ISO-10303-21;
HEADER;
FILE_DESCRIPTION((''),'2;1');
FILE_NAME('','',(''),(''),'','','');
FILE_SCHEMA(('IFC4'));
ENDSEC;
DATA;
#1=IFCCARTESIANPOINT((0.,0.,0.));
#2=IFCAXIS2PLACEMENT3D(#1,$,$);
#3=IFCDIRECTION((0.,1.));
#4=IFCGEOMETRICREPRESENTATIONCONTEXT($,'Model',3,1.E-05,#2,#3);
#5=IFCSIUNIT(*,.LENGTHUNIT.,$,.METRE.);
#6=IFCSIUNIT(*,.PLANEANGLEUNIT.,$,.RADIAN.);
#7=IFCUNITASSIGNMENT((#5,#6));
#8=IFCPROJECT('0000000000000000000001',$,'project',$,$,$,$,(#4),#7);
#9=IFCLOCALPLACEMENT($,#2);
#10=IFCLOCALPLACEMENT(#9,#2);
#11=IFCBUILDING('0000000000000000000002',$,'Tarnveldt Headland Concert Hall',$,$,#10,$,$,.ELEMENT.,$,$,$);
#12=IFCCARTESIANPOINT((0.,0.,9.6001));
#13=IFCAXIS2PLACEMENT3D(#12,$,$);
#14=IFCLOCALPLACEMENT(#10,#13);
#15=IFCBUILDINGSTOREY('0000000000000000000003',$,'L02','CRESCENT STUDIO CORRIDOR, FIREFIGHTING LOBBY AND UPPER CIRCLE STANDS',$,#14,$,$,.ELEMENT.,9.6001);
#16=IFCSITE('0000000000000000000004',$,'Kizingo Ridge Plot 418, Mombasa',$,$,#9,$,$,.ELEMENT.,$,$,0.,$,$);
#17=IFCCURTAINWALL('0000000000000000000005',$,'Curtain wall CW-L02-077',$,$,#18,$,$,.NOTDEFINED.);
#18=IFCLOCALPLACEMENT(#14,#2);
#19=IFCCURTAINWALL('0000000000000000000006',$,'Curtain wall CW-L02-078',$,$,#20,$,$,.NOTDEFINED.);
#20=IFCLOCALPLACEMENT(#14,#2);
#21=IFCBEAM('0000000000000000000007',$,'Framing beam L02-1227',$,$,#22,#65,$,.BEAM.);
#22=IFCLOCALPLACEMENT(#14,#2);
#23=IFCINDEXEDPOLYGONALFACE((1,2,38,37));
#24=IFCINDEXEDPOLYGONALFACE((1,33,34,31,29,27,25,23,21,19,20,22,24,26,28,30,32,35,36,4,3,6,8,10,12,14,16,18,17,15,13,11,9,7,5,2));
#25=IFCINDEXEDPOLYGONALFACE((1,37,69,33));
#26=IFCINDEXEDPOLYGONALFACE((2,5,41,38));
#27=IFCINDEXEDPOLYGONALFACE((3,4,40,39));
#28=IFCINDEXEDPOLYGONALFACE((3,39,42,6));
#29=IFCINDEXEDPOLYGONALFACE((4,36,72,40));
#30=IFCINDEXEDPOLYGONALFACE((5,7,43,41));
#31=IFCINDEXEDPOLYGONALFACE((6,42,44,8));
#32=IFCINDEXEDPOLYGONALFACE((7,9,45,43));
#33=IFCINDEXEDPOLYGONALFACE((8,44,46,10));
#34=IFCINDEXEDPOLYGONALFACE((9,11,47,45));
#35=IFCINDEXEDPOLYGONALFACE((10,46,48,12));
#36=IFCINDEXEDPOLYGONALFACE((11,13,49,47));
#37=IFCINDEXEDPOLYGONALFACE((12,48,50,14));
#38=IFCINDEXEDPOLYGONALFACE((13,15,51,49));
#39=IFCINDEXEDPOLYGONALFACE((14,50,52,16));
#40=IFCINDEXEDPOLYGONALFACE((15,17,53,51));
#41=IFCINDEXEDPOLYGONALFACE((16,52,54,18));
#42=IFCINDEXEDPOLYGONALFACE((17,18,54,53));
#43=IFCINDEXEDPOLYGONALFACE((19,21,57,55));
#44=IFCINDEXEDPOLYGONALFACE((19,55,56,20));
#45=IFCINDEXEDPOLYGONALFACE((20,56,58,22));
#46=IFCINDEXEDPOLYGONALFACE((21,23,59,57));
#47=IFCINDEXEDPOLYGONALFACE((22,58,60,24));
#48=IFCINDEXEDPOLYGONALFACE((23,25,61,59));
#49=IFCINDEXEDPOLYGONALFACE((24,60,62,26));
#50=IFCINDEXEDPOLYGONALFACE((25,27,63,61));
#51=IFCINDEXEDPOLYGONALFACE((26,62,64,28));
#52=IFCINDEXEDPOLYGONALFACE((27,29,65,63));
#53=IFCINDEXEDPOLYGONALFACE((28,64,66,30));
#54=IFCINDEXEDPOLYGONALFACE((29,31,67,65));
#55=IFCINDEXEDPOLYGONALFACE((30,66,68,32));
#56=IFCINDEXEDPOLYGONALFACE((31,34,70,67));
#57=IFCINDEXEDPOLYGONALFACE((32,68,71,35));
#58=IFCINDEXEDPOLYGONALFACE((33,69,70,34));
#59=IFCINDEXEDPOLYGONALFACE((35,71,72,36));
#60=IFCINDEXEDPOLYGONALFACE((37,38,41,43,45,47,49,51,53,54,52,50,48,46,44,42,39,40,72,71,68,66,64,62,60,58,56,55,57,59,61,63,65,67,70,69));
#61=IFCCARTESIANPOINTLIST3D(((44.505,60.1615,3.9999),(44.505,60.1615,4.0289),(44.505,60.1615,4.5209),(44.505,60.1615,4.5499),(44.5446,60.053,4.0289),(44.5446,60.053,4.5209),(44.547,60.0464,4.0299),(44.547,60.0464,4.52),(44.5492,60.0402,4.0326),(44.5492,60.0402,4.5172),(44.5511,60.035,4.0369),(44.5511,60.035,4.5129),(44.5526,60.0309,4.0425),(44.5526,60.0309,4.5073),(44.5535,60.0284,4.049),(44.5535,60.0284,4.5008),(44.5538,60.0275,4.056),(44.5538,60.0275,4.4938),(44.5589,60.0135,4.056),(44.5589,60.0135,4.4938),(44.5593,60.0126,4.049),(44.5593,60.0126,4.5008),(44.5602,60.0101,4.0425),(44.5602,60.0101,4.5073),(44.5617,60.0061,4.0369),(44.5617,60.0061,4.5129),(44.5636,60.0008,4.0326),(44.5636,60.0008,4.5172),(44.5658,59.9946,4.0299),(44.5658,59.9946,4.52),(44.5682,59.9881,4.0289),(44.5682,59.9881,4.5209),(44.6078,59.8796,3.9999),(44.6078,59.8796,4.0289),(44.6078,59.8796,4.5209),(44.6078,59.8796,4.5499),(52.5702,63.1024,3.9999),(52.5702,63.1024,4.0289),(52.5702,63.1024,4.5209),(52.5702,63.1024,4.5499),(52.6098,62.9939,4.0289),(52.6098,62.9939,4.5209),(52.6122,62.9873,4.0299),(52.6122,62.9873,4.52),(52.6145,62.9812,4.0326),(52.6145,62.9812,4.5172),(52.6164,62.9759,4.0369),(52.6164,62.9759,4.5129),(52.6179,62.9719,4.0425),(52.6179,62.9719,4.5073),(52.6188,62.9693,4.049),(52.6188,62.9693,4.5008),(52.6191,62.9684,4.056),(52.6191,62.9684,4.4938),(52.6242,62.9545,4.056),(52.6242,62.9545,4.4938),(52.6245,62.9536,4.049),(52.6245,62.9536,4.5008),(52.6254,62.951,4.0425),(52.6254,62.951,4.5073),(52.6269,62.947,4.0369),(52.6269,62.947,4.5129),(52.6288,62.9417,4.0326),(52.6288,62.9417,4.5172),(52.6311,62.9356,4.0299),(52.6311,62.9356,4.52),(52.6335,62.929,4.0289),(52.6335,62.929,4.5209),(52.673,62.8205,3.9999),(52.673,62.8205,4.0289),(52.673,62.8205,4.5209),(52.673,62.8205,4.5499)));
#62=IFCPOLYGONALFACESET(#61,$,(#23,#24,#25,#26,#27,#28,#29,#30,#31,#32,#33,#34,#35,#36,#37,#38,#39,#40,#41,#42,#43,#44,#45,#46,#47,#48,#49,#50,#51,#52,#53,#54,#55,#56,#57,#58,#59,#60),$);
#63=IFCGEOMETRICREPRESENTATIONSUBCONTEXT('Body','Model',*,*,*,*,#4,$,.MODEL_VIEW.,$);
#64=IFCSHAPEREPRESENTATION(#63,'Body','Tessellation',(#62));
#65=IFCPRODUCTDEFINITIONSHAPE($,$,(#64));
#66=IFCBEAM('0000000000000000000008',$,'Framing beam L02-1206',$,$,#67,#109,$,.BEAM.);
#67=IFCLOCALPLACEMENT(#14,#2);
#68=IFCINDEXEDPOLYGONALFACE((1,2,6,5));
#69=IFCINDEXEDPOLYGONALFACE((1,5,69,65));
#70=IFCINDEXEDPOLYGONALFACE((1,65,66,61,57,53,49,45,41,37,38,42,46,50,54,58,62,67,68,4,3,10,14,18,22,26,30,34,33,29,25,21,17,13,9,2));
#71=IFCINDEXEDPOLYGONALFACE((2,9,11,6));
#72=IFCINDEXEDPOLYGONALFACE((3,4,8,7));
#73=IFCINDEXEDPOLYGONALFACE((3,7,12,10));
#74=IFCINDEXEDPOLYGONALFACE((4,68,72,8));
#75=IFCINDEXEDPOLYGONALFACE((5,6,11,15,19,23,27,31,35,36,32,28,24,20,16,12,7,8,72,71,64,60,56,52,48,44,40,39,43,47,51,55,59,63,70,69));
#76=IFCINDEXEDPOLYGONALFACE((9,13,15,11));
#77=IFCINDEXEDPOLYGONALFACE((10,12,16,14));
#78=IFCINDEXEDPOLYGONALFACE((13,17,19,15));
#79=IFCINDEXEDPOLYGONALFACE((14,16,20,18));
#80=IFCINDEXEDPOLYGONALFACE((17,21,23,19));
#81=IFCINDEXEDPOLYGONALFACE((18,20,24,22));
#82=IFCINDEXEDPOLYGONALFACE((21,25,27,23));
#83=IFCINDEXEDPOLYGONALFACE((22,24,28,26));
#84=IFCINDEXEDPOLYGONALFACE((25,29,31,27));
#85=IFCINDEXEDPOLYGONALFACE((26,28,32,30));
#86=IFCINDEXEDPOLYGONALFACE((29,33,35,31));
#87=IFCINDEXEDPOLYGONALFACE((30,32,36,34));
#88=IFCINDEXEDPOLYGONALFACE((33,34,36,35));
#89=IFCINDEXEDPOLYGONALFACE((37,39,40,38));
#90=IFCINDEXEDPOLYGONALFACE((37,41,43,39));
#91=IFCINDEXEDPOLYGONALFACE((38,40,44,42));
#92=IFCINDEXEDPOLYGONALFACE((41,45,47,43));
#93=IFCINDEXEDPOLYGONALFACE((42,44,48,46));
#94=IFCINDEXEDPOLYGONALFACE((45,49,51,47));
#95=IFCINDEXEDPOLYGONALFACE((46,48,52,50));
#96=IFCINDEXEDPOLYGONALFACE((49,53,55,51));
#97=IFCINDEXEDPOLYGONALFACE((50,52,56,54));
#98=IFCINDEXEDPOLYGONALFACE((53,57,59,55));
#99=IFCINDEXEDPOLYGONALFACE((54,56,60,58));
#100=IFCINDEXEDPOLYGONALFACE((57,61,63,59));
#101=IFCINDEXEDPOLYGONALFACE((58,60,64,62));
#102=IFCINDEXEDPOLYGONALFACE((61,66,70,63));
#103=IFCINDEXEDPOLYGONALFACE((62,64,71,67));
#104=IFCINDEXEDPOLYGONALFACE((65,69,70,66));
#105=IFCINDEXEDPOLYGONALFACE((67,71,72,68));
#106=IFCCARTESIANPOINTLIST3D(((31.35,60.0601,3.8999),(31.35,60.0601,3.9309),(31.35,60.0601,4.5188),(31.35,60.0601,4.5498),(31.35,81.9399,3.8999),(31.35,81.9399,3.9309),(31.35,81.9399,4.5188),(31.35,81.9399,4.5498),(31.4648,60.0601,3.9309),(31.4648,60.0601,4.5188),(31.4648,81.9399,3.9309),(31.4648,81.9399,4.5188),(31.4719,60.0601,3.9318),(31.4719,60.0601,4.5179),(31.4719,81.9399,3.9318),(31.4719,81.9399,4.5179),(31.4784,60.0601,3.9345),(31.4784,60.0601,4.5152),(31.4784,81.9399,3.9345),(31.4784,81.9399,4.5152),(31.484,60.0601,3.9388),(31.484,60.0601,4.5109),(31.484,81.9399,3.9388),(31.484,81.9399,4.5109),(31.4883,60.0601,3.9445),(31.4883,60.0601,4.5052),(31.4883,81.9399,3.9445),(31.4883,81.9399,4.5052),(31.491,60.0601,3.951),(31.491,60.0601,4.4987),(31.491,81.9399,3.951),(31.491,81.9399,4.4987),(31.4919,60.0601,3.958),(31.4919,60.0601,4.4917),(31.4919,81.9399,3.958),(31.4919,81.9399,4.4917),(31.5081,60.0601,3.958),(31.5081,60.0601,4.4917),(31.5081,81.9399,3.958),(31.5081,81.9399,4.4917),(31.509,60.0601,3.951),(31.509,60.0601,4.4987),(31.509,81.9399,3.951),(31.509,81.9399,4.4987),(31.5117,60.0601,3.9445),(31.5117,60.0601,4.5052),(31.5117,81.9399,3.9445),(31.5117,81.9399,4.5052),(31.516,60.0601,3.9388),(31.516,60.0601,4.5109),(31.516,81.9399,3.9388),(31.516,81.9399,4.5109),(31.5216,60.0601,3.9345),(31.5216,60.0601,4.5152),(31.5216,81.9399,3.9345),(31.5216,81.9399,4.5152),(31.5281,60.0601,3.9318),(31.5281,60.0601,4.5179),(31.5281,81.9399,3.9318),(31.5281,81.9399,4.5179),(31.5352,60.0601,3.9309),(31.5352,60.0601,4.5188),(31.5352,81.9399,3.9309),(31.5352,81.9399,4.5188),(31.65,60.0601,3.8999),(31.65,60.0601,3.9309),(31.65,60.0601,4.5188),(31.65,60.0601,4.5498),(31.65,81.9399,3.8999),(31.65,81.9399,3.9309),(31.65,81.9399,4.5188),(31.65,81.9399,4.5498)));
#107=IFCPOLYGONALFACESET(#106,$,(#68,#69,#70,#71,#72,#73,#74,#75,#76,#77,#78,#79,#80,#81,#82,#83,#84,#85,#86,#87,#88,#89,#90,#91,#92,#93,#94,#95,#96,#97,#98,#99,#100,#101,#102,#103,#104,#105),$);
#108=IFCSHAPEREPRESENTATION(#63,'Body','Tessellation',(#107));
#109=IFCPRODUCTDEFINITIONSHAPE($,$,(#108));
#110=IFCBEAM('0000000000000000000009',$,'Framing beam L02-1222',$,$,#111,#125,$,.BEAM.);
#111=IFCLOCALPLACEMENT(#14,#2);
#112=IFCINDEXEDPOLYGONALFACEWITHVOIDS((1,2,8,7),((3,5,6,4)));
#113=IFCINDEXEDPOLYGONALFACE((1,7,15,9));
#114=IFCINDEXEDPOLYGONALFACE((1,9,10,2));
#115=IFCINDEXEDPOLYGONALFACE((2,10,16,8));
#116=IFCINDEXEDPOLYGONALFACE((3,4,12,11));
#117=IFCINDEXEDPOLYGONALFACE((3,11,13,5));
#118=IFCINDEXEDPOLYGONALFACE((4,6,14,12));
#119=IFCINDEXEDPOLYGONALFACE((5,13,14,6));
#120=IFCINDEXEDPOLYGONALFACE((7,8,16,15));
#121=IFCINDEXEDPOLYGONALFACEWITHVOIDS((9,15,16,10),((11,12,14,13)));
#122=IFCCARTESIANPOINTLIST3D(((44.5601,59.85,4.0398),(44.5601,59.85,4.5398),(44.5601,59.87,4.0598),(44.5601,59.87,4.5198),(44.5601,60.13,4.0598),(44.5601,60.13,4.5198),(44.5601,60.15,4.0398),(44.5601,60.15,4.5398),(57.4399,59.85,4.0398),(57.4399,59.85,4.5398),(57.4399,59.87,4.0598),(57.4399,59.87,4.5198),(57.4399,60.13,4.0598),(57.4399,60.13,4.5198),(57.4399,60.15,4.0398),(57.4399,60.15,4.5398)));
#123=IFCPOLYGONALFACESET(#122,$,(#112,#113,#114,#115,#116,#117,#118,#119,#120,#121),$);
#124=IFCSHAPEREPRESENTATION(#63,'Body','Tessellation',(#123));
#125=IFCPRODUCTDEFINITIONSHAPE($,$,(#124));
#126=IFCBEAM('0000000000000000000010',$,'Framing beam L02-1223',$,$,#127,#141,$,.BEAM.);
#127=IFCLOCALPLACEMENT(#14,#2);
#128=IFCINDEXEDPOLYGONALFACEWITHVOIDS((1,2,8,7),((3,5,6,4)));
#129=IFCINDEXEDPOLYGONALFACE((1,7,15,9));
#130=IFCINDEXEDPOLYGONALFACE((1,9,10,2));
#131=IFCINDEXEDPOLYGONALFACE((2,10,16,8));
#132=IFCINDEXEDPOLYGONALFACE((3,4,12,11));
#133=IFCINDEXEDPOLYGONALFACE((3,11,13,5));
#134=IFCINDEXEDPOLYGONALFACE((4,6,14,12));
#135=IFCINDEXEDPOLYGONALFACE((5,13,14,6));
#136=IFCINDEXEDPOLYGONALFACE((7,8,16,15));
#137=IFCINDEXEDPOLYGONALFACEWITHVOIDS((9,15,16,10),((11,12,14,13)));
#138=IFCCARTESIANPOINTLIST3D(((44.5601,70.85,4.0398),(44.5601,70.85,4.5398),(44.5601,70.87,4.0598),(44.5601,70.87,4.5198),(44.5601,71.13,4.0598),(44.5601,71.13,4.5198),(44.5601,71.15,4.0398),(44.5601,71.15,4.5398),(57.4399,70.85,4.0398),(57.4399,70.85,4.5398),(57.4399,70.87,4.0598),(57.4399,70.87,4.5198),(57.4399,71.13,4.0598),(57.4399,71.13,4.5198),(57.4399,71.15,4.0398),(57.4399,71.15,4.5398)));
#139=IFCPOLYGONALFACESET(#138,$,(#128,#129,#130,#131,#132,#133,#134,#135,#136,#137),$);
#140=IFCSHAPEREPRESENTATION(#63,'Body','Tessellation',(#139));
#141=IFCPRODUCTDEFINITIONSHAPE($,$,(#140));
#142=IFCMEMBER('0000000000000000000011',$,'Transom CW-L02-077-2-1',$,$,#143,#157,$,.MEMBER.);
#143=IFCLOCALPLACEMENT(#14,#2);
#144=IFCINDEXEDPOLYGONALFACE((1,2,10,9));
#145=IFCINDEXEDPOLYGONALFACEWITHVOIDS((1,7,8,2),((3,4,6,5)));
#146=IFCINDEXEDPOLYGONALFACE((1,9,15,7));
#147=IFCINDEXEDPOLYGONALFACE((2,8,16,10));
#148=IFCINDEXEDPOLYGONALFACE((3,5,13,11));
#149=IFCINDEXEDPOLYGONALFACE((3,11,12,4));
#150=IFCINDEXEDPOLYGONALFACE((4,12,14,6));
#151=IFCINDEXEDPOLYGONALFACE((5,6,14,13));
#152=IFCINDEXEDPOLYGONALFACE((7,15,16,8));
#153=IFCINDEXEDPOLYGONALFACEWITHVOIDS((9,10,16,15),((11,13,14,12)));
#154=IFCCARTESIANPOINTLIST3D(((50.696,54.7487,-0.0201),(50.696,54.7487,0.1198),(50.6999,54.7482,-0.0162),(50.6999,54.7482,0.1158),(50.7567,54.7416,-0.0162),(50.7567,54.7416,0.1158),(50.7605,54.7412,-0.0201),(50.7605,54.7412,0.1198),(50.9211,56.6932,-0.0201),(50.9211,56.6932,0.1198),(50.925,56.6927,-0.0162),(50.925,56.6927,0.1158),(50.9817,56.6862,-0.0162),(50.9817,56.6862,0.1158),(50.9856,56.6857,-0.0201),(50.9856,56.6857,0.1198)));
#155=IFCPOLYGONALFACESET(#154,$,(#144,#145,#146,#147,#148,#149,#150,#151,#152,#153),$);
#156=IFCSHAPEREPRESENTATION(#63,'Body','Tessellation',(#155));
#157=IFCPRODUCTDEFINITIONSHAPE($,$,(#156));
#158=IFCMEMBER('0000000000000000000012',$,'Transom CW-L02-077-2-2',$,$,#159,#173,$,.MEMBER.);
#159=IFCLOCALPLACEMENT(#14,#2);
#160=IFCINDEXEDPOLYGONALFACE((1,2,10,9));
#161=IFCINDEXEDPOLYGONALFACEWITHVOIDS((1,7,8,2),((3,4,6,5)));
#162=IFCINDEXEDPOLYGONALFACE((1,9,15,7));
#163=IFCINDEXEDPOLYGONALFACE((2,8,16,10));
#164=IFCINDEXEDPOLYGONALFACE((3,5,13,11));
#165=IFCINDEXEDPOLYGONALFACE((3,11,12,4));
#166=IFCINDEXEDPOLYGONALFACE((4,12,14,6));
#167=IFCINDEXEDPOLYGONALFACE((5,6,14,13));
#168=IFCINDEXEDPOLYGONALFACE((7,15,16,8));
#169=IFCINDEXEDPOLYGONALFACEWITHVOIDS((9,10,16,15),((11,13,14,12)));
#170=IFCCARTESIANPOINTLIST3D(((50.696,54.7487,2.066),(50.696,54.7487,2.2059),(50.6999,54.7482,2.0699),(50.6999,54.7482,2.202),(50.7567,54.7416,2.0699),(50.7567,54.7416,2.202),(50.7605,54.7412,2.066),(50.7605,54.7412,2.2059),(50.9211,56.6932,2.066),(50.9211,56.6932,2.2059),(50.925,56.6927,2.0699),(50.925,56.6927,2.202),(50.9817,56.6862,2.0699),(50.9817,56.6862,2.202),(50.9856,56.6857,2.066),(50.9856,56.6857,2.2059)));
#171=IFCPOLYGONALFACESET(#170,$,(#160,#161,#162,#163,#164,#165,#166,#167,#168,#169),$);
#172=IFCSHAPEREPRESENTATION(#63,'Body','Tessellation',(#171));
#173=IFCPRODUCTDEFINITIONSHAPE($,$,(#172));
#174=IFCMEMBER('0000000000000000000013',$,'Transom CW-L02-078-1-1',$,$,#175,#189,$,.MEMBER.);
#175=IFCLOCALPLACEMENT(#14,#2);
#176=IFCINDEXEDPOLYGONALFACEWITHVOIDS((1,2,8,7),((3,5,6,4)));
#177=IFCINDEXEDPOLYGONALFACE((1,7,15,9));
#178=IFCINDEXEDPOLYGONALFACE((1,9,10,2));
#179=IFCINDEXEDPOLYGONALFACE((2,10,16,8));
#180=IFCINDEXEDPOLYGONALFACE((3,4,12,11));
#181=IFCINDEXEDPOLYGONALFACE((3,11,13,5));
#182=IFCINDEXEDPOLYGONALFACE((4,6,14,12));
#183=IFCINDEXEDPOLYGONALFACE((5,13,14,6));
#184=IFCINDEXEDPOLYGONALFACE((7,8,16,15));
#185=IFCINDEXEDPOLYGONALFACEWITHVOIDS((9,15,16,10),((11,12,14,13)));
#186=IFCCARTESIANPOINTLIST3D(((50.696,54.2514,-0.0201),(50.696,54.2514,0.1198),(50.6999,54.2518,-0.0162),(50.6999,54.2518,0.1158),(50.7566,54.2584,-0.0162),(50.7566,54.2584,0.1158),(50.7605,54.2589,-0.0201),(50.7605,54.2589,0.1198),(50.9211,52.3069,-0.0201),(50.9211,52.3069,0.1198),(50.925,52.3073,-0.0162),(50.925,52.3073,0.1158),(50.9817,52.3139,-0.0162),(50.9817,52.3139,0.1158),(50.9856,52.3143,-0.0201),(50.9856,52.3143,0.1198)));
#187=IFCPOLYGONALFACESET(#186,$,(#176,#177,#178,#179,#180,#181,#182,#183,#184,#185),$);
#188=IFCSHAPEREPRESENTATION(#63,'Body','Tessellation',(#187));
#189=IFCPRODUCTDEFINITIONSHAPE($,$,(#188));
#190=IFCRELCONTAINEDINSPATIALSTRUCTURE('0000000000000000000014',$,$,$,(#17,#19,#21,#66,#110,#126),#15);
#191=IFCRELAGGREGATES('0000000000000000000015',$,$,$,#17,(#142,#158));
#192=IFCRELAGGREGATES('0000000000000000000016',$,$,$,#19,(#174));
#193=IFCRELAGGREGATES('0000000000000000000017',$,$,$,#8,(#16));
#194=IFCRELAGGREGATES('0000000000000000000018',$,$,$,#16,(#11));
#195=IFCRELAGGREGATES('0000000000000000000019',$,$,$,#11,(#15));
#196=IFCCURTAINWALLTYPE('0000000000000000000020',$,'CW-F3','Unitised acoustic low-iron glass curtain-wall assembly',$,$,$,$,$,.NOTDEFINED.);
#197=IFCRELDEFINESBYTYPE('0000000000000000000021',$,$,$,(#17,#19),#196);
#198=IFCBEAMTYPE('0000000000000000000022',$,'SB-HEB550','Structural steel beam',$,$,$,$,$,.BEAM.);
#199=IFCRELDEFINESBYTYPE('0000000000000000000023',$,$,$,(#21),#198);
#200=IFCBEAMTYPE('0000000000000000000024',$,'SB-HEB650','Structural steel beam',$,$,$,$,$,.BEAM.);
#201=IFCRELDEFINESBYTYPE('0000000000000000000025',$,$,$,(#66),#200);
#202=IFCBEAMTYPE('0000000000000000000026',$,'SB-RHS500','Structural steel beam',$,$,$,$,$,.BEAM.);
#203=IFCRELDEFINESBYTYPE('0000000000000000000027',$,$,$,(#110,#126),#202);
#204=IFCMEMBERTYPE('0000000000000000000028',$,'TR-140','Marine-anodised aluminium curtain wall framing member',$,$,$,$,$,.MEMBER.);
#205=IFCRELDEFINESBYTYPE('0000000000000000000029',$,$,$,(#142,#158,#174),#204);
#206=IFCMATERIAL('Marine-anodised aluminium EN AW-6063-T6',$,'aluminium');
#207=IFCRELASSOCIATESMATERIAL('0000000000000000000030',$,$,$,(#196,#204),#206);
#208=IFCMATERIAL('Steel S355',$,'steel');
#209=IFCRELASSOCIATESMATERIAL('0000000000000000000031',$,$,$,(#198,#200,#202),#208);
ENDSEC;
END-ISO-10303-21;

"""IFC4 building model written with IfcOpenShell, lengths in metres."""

from ifc_helpers import new_model, si_unit, direction, frame, origin, origin_2d, place, context, subcontext, project, spatial, hollow_rectangle, i_section, extrude, material, material_profile, profile_set, type_object, element, aggregate, save


model = new_model("IFC4")

# Units and contexts
model_context = context("Model", 3, precision=1e-05, world=origin(), true_north=direction((0.0, 1.0)))
body_context = subcontext(model_context, "Body", "Model", "MODEL_VIEW")
ifc_project = project(units=[si_unit("LENGTHUNIT", "METRE"), si_unit("PLANEANGLEUNIT", "RADIAN")], contexts=[model_context])

# Site, building, storey
site_placement = place(None, origin())
site = spatial("IfcSite", under=ifc_project, at=site_placement, Name="Kizingo Ridge Plot 418, Mombasa", CompositionType="ELEMENT", RefElevation=0.0)
building_placement = place(site_placement, origin())
building = spatial("IfcBuilding", under=site, at=building_placement, Name="Tarnveldt Headland Concert Hall", CompositionType="ELEMENT")
storey_placement = place(building_placement, frame((0.0, 0.0, 9.6001)))
storey = spatial("IfcBuildingStorey", under=building, at=storey_placement, Name="L02", Description="CRESCENT STUDIO CORRIDOR, FIREFIGHTING LOBBY AND UPPER CIRCLE STANDS", CompositionType="ELEMENT", Elevation=9.6001)

# Shared definitions
ifc_material_1 = material(Name="Steel S355", Category="steel")

# Curtain walls
ifc_material_2 = material(Name="Marine-anodised aluminium EN AW-6063-T6", Category="aluminium")
curtain_wall_type = type_object("IfcCurtainWallType", Name="CW-F3", Description="Unitised acoustic low-iron glass curtain-wall assembly", PredefinedType="NOTDEFINED", material=ifc_material_2)
curtain_wall_1_placement = place(storey_placement, origin())
curtain_wall_1 = element("IfcCurtainWall", 1, at=curtain_wall_1_placement, inside=storey, type_object=curtain_wall_type, Name="Curtain wall CW-L02-077", PredefinedType="NOTDEFINED")
curtain_wall_2_placement = place(storey_placement, origin())
curtain_wall_2 = element("IfcCurtainWall", 2, at=curtain_wall_2_placement, inside=storey, type_object=curtain_wall_type, Name="Curtain wall CW-L02-078", PredefinedType="NOTDEFINED")

# Beams
ifc_material_profile_1 = material_profile(ifc_material_1, i_section(OverallWidth=0.3, OverallDepth=0.55, WebThickness=0.0149, FlangeThickness=0.0291, FilletRadius=0.0271, at=origin_2d()), Name="HEB550", Category="steel")
ifc_profile_set_1 = profile_set([ifc_material_profile_1], Name="Steel S355")
beam_type_1 = type_object("IfcBeamType", Name="SB-HEB550", Description="Structural steel beam", PredefinedType="BEAM", material=ifc_profile_set_1)
beam_1_placement = place(storey_placement, frame((44.5564, 60.0205, 4.2749), z_axis=(0.939489, 0.342579, 0.0), x_axis=(-0.342579, 0.939489, 0.0)))
element("IfcBeam", 3, at=beam_1_placement, inside=storey, type_object=beam_type_1, Name="Framing beam L02-1227", PredefinedType="BEAM", context=body_context, shape_type="SweptSolid", body=[
    extrude(i_section(OverallWidth=0.3, OverallDepth=0.55, WebThickness=0.0149, FlangeThickness=0.0291, FilletRadius=0.0271, at=origin_2d()), origin(), (0.0, 0.0, 1.0), 8.5847),
])
ifc_material_profile_2 = material_profile(ifc_material_1, i_section(OverallWidth=0.3, OverallDepth=0.6499, WebThickness=0.0161, FlangeThickness=0.031, FilletRadius=0.0271, at=origin_2d()), Name="HEB650", Category="steel")
ifc_profile_set_2 = profile_set([ifc_material_profile_2], Name="Steel S355")
beam_type_2 = type_object("IfcBeamType", Name="SB-HEB650", Description="Structural steel beam", PredefinedType="BEAM", material=ifc_profile_set_2)
beam_2_placement = place(storey_placement, frame((31.5, 60.0601, 4.2249), z_axis=(0.0, 1.0, 0.0), x_axis=(-1.0, 0.0, 0.0)))
element("IfcBeam", 4, at=beam_2_placement, inside=storey, type_object=beam_type_2, Name="Framing beam L02-1206", PredefinedType="BEAM", context=body_context, shape_type="SweptSolid", body=[
    extrude(i_section(OverallWidth=0.3, OverallDepth=0.6499, WebThickness=0.0161, FlangeThickness=0.031, FilletRadius=0.0271, at=origin_2d()), origin(), (0.0, 0.0, 1.0), 21.8799),
])
ifc_material_profile_3 = material_profile(ifc_material_1, hollow_rectangle(XDim=0.3, YDim=0.5, WallThickness=0.02, at=origin_2d()), Name="RHS 500x300x20", Category="steel")
ifc_profile_set_3 = profile_set([ifc_material_profile_3], Name="Steel S355")
beam_type_3 = type_object("IfcBeamType", Name="SB-RHS500", Description="Structural steel beam", PredefinedType="BEAM", material=ifc_profile_set_3)
for number, where, z_axis, x_axis, name in (
    (5, (44.5601, 60.0, 4.2898), (1.0, 0.0, 0.0), (0.0, 1.0, 0.0), "Framing beam L02-1222"),
    (6, (44.5601, 71.0, 4.2898), (1.0, 0.0, 0.0), (0.0, 1.0, 0.0), "Framing beam L02-1223"),
):
    element("IfcBeam", number, at=place(storey_placement, frame(where, z_axis=z_axis, x_axis=x_axis)), inside=storey, type_object=beam_type_3, Name=name, PredefinedType="BEAM", context=body_context, shape_type="SweptSolid", body=[
        extrude(hollow_rectangle(XDim=0.3, YDim=0.5, WallThickness=0.02, at=origin_2d()), origin(), (0.0, 0.0, 1.0), 12.8799),
    ])

# Members
ifc_material_profile_4 = material_profile(ifc_material_2, hollow_rectangle(XDim=0.0649, YDim=0.1399, WallThickness=0.0039, at=origin_2d()), Name="ALU TRANSOM 65x140x4", Category="aluminium")
ifc_profile_set_4 = profile_set([ifc_material_profile_4], Name="Marine-anodised aluminium EN AW-6063-T6")
member_type_1 = type_object("IfcMemberType", Name="TR-140", Description="Marine-anodised aluminium curtain wall framing member", PredefinedType="MEMBER", material=ifc_profile_set_4)
member_1_placement = place(storey_placement, frame((50.9534, 56.6895, 0.0498), z_axis=(-0.114989, -0.993367, 0.0), x_axis=(0.993367, -0.114989, 0.0)))
member_1 = element("IfcMember", 7, at=member_1_placement, type_object=member_type_1, Name="Transom CW-L02-077-2-1", PredefinedType="MEMBER", context=body_context, shape_type="SweptSolid", body=[
    extrude(hollow_rectangle(XDim=0.0649, YDim=0.1399, WallThickness=0.0039, at=origin_2d()), origin(), (0.0, 0.0, 1.0), 1.9575),
])
member_2_placement = place(storey_placement, frame((50.9534, 56.6895, 2.136), z_axis=(-0.114989, -0.993367, 0.0), x_axis=(0.993367, -0.114989, 0.0)))
member_2 = element("IfcMember", 8, at=member_2_placement, type_object=member_type_1, Name="Transom CW-L02-077-2-2", PredefinedType="MEMBER", context=body_context, shape_type="SweptSolid", body=[
    extrude(hollow_rectangle(XDim=0.0649, YDim=0.1399, WallThickness=0.0039, at=origin_2d()), origin(), (0.0, 0.0, 1.0), 1.9575),
])
member_3_placement = place(storey_placement, frame((50.7283, 54.2551, 0.0498), z_axis=(0.114989, -0.993367, 0.0), x_axis=(0.993367, 0.114989, 0.0)))
member_3 = element("IfcMember", 9, at=member_3_placement, type_object=member_type_1, Name="Transom CW-L02-078-1-1", PredefinedType="MEMBER", context=body_context, shape_type="SweptSolid", body=[
    extrude(hollow_rectangle(XDim=0.0649, YDim=0.1399, WallThickness=0.0039, at=origin_2d()), origin(), (0.0, 0.0, 1.0), 1.9575),
])

aggregate(curtain_wall_1, [member_1, member_2])
aggregate(curtain_wall_2, [member_3])

save(model, "model.ifc")
